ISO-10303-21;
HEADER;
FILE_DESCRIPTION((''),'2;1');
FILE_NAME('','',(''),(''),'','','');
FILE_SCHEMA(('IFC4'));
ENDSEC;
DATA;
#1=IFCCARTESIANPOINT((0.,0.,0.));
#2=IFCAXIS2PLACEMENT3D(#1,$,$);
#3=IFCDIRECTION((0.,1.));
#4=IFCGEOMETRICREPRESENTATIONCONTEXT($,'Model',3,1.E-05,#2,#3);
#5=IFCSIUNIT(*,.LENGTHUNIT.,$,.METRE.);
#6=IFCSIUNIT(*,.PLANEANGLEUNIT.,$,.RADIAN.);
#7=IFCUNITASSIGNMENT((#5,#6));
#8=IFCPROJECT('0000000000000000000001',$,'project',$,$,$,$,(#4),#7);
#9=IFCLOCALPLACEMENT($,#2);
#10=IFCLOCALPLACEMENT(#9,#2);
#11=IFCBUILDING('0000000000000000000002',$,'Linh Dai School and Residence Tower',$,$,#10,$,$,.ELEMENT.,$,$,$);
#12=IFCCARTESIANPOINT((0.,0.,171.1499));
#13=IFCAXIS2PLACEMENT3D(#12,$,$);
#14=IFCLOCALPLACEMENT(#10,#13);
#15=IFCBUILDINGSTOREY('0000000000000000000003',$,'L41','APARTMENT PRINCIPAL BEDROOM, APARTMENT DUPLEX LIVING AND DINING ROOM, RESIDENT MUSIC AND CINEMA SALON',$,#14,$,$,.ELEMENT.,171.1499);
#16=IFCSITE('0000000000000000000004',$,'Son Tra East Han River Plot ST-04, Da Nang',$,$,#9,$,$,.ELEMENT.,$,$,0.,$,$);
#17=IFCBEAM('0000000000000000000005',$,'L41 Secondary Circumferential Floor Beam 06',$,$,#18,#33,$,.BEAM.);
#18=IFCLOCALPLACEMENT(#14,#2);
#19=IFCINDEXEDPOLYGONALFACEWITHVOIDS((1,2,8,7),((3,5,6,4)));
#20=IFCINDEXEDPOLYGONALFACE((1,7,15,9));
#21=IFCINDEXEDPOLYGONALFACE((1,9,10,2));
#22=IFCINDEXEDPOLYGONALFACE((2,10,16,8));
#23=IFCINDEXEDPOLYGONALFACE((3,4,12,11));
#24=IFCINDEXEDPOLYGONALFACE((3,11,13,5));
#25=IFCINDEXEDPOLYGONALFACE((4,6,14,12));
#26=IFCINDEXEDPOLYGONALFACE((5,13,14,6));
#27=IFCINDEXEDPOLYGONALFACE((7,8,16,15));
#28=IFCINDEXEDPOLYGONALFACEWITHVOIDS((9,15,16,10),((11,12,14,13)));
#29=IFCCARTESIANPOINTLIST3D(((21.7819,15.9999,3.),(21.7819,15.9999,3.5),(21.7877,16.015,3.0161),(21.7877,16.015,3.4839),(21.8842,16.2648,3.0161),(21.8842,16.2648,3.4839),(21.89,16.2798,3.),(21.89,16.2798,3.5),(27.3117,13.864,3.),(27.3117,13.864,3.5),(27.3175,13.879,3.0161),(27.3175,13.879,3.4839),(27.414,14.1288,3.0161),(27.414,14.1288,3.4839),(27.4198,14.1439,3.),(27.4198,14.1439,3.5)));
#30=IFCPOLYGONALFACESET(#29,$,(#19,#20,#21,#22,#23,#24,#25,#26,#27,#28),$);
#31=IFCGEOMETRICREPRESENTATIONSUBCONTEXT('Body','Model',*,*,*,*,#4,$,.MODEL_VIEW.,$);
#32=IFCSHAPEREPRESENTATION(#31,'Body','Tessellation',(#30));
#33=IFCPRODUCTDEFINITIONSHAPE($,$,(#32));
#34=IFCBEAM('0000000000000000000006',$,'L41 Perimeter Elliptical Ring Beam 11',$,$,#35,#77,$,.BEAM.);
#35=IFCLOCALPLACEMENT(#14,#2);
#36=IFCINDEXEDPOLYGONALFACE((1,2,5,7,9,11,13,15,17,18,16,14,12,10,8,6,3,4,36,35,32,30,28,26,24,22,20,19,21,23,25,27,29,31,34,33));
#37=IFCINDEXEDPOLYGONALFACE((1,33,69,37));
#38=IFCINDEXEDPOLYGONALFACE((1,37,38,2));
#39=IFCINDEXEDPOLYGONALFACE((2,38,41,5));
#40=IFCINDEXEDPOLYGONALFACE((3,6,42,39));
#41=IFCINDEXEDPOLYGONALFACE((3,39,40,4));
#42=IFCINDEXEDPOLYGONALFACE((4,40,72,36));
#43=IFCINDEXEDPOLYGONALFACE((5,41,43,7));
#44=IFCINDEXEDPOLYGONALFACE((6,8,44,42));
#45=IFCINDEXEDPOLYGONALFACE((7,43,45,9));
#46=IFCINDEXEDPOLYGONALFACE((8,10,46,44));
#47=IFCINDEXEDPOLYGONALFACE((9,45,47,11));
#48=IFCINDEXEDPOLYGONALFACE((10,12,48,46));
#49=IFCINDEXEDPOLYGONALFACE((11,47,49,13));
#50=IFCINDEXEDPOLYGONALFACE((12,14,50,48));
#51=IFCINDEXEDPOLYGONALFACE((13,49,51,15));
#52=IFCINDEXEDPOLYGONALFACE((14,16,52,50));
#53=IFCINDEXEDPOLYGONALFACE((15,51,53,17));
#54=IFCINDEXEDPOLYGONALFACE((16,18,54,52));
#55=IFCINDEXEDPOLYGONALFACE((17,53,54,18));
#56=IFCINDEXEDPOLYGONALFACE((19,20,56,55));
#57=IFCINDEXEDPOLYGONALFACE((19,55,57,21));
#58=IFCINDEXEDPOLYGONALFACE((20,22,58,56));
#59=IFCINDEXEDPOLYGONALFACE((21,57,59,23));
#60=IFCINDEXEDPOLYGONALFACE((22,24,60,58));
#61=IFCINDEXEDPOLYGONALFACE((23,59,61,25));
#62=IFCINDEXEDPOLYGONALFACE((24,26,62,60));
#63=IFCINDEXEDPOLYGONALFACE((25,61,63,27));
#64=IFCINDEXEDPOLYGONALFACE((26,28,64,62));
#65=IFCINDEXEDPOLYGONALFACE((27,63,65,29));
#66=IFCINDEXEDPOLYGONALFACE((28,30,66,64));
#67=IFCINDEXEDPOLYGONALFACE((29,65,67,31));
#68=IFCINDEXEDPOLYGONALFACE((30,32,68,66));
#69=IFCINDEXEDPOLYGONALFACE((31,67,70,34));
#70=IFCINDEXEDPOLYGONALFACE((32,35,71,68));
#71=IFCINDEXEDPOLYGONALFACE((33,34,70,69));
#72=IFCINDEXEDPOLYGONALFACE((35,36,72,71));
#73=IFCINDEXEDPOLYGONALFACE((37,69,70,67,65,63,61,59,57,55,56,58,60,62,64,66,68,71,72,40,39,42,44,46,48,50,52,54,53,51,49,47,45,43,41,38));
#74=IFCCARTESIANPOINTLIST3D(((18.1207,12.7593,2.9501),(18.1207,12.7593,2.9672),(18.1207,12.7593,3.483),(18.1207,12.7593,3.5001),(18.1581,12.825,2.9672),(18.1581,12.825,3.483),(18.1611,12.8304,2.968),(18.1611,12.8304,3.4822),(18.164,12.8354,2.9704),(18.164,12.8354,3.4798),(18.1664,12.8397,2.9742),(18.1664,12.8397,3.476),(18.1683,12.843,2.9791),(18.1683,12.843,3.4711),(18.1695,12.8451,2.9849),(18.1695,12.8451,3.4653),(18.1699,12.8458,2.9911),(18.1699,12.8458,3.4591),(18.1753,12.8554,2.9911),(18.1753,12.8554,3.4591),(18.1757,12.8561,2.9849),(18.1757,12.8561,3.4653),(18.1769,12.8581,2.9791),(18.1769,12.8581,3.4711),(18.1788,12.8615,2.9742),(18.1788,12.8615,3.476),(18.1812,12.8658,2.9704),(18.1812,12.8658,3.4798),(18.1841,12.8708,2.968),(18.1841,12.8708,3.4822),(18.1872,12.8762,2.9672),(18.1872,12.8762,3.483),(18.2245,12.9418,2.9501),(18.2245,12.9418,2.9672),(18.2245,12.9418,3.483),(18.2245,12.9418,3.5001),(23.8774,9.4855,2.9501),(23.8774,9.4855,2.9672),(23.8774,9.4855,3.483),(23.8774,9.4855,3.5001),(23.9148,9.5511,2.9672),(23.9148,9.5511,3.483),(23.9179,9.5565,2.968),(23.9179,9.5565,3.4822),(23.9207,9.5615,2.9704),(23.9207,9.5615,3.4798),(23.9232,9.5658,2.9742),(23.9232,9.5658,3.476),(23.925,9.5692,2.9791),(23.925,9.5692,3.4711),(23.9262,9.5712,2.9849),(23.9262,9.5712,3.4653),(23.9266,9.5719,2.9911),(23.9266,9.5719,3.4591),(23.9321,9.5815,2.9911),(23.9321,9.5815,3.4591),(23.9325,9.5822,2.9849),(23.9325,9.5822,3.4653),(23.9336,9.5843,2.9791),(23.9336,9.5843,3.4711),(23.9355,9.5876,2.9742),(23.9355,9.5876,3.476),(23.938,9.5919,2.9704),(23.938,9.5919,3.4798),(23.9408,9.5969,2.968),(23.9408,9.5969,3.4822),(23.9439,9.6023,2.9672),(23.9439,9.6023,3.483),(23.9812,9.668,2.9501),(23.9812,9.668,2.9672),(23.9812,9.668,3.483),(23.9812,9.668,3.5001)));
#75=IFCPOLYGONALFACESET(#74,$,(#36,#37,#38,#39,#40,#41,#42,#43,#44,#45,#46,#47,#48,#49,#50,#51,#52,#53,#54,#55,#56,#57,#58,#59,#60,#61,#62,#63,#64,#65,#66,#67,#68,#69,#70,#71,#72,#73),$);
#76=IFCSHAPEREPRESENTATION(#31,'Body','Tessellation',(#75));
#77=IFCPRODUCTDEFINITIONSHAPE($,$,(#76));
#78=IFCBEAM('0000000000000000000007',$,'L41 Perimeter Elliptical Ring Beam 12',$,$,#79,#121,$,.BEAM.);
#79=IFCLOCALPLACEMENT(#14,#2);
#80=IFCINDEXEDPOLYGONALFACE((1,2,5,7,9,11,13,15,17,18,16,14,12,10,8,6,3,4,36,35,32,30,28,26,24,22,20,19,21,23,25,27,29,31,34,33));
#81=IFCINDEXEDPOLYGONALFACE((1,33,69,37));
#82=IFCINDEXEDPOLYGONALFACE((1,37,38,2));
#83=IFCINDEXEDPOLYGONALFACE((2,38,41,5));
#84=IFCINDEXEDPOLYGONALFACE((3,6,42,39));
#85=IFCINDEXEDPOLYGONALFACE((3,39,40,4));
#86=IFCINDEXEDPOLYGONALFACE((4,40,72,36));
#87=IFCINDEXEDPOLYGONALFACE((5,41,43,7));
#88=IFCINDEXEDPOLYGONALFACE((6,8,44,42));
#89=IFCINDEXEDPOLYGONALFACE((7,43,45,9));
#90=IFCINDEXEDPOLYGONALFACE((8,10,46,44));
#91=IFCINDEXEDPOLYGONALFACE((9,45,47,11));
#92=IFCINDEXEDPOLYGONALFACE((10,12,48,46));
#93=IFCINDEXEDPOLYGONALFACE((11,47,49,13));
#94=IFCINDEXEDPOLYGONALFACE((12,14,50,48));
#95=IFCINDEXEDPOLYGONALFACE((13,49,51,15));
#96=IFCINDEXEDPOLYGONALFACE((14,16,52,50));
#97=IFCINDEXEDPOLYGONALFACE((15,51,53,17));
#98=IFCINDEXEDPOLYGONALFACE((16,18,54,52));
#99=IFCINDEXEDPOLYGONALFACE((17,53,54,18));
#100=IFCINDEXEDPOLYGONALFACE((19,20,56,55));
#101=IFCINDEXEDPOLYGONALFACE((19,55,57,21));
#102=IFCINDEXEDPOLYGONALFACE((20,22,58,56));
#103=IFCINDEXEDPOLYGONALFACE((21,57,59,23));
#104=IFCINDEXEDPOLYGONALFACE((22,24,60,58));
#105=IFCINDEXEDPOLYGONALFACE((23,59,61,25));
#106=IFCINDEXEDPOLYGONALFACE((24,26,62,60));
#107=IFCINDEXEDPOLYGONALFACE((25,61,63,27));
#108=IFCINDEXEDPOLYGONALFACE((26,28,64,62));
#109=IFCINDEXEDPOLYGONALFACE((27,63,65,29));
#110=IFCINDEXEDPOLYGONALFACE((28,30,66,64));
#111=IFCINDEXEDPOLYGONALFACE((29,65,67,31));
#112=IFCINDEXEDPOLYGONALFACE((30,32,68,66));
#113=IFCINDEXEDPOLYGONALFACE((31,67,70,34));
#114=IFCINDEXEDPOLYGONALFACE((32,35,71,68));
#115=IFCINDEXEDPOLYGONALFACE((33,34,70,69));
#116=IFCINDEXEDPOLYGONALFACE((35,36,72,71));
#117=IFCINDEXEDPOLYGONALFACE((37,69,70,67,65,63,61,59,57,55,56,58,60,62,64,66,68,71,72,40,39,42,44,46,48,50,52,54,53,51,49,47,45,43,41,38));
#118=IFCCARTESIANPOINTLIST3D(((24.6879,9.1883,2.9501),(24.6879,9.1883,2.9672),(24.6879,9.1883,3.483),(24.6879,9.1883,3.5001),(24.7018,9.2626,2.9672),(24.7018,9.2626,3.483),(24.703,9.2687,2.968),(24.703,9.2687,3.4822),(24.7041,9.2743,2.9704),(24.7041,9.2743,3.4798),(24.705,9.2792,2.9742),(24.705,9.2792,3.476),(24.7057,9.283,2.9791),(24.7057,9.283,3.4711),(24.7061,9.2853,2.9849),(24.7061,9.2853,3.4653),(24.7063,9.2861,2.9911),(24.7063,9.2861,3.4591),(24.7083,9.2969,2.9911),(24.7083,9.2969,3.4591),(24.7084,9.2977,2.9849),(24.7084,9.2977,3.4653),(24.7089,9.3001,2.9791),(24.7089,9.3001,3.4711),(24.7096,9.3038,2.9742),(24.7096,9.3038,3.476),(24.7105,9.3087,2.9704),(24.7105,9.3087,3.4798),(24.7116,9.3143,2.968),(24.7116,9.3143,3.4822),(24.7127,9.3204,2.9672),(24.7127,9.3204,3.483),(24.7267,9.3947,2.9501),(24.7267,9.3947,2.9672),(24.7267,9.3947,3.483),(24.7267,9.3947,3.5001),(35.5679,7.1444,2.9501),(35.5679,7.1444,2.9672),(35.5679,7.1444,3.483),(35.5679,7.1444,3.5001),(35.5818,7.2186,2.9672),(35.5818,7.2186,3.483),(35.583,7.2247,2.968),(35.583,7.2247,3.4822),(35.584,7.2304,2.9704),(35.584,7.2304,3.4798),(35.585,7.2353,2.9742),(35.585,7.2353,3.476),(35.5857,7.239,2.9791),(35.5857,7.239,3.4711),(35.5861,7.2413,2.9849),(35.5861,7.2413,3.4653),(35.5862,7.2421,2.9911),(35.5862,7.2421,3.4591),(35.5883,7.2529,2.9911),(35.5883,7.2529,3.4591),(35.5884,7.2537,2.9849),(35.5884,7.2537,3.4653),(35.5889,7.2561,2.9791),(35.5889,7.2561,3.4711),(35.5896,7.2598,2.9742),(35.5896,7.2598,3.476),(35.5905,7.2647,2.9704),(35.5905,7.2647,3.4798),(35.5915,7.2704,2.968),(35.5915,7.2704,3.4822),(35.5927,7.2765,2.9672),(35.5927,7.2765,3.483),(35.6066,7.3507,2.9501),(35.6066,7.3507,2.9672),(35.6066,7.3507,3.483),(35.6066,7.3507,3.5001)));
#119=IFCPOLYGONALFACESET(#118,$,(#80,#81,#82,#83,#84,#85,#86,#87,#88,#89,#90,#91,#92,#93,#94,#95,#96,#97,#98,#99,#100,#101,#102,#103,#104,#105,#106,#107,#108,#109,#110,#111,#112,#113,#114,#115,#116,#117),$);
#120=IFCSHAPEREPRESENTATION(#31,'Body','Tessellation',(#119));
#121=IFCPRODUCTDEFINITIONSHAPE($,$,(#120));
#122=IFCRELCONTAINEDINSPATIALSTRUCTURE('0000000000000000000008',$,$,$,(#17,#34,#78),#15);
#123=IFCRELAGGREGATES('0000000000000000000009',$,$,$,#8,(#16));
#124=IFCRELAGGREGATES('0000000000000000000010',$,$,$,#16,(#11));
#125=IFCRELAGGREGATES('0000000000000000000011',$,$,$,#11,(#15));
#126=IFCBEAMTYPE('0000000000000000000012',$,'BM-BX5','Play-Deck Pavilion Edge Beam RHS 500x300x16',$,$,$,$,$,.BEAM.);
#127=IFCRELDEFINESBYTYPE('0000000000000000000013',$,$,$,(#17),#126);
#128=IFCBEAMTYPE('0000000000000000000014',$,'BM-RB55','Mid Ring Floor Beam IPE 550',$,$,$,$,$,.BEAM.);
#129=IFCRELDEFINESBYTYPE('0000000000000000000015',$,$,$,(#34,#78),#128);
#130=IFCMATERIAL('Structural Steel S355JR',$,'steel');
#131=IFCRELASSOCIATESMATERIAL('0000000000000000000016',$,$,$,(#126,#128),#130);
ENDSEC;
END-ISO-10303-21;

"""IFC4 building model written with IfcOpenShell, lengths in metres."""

from ifc_helpers import new_model, si_unit, direction, frame, origin, origin_2d, place, context, subcontext, project, spatial, hollow_rectangle, i_section, extrude, material, material_profile, profile_set, type_object, element, save


model = new_model("IFC4")

# Units and contexts
model_context = context("Model", 3, precision=1e-05, world=origin(), true_north=direction((0.0, 1.0)))
body_context = subcontext(model_context, "Body", "Model", "MODEL_VIEW")
ifc_project = project(units=[si_unit("LENGTHUNIT", "METRE"), si_unit("PLANEANGLEUNIT", "RADIAN")], contexts=[model_context])

# Site, building, storey
site_placement = place(None, origin())
site = spatial("IfcSite", under=ifc_project, at=site_placement, Name="Son Tra East Han River Plot ST-04, Da Nang", CompositionType="ELEMENT", RefElevation=0.0)
building_placement = place(site_placement, origin())
building = spatial("IfcBuilding", under=site, at=building_placement, Name="Linh Dai School and Residence Tower", CompositionType="ELEMENT")
storey_placement = place(building_placement, frame((0.0, 0.0, 171.1499)))
storey = spatial("IfcBuildingStorey", under=building, at=storey_placement, Name="L41", Description="APARTMENT PRINCIPAL BEDROOM, APARTMENT DUPLEX LIVING AND DINING ROOM, RESIDENT MUSIC AND CINEMA SALON", CompositionType="ELEMENT", Elevation=171.1499)

# Shared definitions
ifc_material_1 = material(Name="Structural Steel S355JR", Category="steel")

# Beams
ifc_material_profile_1 = material_profile(ifc_material_1, hollow_rectangle(XDim=0.3, YDim=0.5, WallThickness=0.0161, at=origin_2d()), Name="RHS 500x300x16")
ifc_profile_set_1 = profile_set([ifc_material_profile_1], Name="Structural Steel S355JR")
beam_type_1 = type_object("IfcBeamType", Name="BM-BX5", Description="Play-Deck Pavilion Edge Beam RHS 500x300x16", PredefinedType="BEAM", material=ifc_profile_set_1)
beam_1_placement = place(storey_placement, frame((21.8359, 16.1399, 3.25), z_axis=(0.932828, -0.360323, 0.0), x_axis=(0.360323, 0.932828, 0.0)))
element("IfcBeam", 1, at=beam_1_placement, inside=storey, type_object=beam_type_1, Name="L41 Secondary Circumferential Floor Beam 06", PredefinedType="BEAM", context=body_context, shape_type="SweptSolid", body=[
    extrude(hollow_rectangle(XDim=0.3, YDim=0.5, WallThickness=0.0161, at=origin_2d()), origin(), (0.0, 0.0, 1.0), 5.928),
])
ifc_material_profile_2 = material_profile(ifc_material_1, i_section(OverallWidth=0.21, OverallDepth=0.55, WebThickness=0.011, FlangeThickness=0.0171, FilletRadius=0.0239, at=origin_2d()), Name="IPE 550")
ifc_profile_set_2 = profile_set([ifc_material_profile_2], Name="Structural Steel S355JR")
beam_type_2 = type_object("IfcBeamType", Name="BM-RB55", Description="Mid Ring Floor Beam IPE 550", PredefinedType="BEAM", material=ifc_profile_set_2)
beam_2_placement = place(storey_placement, frame((18.1726, 12.8506, 3.2251), z_axis=(0.869262, -0.494351, 0.0), x_axis=(0.494351, 0.869262, 0.0)))
element("IfcBeam", 2, at=beam_2_placement, inside=storey, type_object=beam_type_2, Name="L41 Perimeter Elliptical Ring Beam 11", PredefinedType="BEAM", context=body_context, shape_type="SweptSolid", body=[
    extrude(i_section(OverallWidth=0.21, OverallDepth=0.55, WebThickness=0.011, FlangeThickness=0.0171, FilletRadius=0.0239, at=origin_2d()), origin(), (0.0, 0.0, 1.0), 6.6226),
])
beam_3_placement = place(storey_placement, frame((24.7073, 9.2915, 3.2251), z_axis=(0.982807, -0.184635, 0.0), x_axis=(0.184635, 0.982807, 0.0)))
element("IfcBeam", 3, at=beam_3_placement, inside=storey, type_object=beam_type_2, Name="L41 Perimeter Elliptical Ring Beam 12", PredefinedType="BEAM", context=body_context, shape_type="SweptSolid", body=[
    extrude(i_section(OverallWidth=0.21, OverallDepth=0.55, WebThickness=0.011, FlangeThickness=0.0171, FilletRadius=0.0239, at=origin_2d()), origin(), (0.0, 0.0, 1.0), 11.0703),
])

save(model, "model.ifc")
